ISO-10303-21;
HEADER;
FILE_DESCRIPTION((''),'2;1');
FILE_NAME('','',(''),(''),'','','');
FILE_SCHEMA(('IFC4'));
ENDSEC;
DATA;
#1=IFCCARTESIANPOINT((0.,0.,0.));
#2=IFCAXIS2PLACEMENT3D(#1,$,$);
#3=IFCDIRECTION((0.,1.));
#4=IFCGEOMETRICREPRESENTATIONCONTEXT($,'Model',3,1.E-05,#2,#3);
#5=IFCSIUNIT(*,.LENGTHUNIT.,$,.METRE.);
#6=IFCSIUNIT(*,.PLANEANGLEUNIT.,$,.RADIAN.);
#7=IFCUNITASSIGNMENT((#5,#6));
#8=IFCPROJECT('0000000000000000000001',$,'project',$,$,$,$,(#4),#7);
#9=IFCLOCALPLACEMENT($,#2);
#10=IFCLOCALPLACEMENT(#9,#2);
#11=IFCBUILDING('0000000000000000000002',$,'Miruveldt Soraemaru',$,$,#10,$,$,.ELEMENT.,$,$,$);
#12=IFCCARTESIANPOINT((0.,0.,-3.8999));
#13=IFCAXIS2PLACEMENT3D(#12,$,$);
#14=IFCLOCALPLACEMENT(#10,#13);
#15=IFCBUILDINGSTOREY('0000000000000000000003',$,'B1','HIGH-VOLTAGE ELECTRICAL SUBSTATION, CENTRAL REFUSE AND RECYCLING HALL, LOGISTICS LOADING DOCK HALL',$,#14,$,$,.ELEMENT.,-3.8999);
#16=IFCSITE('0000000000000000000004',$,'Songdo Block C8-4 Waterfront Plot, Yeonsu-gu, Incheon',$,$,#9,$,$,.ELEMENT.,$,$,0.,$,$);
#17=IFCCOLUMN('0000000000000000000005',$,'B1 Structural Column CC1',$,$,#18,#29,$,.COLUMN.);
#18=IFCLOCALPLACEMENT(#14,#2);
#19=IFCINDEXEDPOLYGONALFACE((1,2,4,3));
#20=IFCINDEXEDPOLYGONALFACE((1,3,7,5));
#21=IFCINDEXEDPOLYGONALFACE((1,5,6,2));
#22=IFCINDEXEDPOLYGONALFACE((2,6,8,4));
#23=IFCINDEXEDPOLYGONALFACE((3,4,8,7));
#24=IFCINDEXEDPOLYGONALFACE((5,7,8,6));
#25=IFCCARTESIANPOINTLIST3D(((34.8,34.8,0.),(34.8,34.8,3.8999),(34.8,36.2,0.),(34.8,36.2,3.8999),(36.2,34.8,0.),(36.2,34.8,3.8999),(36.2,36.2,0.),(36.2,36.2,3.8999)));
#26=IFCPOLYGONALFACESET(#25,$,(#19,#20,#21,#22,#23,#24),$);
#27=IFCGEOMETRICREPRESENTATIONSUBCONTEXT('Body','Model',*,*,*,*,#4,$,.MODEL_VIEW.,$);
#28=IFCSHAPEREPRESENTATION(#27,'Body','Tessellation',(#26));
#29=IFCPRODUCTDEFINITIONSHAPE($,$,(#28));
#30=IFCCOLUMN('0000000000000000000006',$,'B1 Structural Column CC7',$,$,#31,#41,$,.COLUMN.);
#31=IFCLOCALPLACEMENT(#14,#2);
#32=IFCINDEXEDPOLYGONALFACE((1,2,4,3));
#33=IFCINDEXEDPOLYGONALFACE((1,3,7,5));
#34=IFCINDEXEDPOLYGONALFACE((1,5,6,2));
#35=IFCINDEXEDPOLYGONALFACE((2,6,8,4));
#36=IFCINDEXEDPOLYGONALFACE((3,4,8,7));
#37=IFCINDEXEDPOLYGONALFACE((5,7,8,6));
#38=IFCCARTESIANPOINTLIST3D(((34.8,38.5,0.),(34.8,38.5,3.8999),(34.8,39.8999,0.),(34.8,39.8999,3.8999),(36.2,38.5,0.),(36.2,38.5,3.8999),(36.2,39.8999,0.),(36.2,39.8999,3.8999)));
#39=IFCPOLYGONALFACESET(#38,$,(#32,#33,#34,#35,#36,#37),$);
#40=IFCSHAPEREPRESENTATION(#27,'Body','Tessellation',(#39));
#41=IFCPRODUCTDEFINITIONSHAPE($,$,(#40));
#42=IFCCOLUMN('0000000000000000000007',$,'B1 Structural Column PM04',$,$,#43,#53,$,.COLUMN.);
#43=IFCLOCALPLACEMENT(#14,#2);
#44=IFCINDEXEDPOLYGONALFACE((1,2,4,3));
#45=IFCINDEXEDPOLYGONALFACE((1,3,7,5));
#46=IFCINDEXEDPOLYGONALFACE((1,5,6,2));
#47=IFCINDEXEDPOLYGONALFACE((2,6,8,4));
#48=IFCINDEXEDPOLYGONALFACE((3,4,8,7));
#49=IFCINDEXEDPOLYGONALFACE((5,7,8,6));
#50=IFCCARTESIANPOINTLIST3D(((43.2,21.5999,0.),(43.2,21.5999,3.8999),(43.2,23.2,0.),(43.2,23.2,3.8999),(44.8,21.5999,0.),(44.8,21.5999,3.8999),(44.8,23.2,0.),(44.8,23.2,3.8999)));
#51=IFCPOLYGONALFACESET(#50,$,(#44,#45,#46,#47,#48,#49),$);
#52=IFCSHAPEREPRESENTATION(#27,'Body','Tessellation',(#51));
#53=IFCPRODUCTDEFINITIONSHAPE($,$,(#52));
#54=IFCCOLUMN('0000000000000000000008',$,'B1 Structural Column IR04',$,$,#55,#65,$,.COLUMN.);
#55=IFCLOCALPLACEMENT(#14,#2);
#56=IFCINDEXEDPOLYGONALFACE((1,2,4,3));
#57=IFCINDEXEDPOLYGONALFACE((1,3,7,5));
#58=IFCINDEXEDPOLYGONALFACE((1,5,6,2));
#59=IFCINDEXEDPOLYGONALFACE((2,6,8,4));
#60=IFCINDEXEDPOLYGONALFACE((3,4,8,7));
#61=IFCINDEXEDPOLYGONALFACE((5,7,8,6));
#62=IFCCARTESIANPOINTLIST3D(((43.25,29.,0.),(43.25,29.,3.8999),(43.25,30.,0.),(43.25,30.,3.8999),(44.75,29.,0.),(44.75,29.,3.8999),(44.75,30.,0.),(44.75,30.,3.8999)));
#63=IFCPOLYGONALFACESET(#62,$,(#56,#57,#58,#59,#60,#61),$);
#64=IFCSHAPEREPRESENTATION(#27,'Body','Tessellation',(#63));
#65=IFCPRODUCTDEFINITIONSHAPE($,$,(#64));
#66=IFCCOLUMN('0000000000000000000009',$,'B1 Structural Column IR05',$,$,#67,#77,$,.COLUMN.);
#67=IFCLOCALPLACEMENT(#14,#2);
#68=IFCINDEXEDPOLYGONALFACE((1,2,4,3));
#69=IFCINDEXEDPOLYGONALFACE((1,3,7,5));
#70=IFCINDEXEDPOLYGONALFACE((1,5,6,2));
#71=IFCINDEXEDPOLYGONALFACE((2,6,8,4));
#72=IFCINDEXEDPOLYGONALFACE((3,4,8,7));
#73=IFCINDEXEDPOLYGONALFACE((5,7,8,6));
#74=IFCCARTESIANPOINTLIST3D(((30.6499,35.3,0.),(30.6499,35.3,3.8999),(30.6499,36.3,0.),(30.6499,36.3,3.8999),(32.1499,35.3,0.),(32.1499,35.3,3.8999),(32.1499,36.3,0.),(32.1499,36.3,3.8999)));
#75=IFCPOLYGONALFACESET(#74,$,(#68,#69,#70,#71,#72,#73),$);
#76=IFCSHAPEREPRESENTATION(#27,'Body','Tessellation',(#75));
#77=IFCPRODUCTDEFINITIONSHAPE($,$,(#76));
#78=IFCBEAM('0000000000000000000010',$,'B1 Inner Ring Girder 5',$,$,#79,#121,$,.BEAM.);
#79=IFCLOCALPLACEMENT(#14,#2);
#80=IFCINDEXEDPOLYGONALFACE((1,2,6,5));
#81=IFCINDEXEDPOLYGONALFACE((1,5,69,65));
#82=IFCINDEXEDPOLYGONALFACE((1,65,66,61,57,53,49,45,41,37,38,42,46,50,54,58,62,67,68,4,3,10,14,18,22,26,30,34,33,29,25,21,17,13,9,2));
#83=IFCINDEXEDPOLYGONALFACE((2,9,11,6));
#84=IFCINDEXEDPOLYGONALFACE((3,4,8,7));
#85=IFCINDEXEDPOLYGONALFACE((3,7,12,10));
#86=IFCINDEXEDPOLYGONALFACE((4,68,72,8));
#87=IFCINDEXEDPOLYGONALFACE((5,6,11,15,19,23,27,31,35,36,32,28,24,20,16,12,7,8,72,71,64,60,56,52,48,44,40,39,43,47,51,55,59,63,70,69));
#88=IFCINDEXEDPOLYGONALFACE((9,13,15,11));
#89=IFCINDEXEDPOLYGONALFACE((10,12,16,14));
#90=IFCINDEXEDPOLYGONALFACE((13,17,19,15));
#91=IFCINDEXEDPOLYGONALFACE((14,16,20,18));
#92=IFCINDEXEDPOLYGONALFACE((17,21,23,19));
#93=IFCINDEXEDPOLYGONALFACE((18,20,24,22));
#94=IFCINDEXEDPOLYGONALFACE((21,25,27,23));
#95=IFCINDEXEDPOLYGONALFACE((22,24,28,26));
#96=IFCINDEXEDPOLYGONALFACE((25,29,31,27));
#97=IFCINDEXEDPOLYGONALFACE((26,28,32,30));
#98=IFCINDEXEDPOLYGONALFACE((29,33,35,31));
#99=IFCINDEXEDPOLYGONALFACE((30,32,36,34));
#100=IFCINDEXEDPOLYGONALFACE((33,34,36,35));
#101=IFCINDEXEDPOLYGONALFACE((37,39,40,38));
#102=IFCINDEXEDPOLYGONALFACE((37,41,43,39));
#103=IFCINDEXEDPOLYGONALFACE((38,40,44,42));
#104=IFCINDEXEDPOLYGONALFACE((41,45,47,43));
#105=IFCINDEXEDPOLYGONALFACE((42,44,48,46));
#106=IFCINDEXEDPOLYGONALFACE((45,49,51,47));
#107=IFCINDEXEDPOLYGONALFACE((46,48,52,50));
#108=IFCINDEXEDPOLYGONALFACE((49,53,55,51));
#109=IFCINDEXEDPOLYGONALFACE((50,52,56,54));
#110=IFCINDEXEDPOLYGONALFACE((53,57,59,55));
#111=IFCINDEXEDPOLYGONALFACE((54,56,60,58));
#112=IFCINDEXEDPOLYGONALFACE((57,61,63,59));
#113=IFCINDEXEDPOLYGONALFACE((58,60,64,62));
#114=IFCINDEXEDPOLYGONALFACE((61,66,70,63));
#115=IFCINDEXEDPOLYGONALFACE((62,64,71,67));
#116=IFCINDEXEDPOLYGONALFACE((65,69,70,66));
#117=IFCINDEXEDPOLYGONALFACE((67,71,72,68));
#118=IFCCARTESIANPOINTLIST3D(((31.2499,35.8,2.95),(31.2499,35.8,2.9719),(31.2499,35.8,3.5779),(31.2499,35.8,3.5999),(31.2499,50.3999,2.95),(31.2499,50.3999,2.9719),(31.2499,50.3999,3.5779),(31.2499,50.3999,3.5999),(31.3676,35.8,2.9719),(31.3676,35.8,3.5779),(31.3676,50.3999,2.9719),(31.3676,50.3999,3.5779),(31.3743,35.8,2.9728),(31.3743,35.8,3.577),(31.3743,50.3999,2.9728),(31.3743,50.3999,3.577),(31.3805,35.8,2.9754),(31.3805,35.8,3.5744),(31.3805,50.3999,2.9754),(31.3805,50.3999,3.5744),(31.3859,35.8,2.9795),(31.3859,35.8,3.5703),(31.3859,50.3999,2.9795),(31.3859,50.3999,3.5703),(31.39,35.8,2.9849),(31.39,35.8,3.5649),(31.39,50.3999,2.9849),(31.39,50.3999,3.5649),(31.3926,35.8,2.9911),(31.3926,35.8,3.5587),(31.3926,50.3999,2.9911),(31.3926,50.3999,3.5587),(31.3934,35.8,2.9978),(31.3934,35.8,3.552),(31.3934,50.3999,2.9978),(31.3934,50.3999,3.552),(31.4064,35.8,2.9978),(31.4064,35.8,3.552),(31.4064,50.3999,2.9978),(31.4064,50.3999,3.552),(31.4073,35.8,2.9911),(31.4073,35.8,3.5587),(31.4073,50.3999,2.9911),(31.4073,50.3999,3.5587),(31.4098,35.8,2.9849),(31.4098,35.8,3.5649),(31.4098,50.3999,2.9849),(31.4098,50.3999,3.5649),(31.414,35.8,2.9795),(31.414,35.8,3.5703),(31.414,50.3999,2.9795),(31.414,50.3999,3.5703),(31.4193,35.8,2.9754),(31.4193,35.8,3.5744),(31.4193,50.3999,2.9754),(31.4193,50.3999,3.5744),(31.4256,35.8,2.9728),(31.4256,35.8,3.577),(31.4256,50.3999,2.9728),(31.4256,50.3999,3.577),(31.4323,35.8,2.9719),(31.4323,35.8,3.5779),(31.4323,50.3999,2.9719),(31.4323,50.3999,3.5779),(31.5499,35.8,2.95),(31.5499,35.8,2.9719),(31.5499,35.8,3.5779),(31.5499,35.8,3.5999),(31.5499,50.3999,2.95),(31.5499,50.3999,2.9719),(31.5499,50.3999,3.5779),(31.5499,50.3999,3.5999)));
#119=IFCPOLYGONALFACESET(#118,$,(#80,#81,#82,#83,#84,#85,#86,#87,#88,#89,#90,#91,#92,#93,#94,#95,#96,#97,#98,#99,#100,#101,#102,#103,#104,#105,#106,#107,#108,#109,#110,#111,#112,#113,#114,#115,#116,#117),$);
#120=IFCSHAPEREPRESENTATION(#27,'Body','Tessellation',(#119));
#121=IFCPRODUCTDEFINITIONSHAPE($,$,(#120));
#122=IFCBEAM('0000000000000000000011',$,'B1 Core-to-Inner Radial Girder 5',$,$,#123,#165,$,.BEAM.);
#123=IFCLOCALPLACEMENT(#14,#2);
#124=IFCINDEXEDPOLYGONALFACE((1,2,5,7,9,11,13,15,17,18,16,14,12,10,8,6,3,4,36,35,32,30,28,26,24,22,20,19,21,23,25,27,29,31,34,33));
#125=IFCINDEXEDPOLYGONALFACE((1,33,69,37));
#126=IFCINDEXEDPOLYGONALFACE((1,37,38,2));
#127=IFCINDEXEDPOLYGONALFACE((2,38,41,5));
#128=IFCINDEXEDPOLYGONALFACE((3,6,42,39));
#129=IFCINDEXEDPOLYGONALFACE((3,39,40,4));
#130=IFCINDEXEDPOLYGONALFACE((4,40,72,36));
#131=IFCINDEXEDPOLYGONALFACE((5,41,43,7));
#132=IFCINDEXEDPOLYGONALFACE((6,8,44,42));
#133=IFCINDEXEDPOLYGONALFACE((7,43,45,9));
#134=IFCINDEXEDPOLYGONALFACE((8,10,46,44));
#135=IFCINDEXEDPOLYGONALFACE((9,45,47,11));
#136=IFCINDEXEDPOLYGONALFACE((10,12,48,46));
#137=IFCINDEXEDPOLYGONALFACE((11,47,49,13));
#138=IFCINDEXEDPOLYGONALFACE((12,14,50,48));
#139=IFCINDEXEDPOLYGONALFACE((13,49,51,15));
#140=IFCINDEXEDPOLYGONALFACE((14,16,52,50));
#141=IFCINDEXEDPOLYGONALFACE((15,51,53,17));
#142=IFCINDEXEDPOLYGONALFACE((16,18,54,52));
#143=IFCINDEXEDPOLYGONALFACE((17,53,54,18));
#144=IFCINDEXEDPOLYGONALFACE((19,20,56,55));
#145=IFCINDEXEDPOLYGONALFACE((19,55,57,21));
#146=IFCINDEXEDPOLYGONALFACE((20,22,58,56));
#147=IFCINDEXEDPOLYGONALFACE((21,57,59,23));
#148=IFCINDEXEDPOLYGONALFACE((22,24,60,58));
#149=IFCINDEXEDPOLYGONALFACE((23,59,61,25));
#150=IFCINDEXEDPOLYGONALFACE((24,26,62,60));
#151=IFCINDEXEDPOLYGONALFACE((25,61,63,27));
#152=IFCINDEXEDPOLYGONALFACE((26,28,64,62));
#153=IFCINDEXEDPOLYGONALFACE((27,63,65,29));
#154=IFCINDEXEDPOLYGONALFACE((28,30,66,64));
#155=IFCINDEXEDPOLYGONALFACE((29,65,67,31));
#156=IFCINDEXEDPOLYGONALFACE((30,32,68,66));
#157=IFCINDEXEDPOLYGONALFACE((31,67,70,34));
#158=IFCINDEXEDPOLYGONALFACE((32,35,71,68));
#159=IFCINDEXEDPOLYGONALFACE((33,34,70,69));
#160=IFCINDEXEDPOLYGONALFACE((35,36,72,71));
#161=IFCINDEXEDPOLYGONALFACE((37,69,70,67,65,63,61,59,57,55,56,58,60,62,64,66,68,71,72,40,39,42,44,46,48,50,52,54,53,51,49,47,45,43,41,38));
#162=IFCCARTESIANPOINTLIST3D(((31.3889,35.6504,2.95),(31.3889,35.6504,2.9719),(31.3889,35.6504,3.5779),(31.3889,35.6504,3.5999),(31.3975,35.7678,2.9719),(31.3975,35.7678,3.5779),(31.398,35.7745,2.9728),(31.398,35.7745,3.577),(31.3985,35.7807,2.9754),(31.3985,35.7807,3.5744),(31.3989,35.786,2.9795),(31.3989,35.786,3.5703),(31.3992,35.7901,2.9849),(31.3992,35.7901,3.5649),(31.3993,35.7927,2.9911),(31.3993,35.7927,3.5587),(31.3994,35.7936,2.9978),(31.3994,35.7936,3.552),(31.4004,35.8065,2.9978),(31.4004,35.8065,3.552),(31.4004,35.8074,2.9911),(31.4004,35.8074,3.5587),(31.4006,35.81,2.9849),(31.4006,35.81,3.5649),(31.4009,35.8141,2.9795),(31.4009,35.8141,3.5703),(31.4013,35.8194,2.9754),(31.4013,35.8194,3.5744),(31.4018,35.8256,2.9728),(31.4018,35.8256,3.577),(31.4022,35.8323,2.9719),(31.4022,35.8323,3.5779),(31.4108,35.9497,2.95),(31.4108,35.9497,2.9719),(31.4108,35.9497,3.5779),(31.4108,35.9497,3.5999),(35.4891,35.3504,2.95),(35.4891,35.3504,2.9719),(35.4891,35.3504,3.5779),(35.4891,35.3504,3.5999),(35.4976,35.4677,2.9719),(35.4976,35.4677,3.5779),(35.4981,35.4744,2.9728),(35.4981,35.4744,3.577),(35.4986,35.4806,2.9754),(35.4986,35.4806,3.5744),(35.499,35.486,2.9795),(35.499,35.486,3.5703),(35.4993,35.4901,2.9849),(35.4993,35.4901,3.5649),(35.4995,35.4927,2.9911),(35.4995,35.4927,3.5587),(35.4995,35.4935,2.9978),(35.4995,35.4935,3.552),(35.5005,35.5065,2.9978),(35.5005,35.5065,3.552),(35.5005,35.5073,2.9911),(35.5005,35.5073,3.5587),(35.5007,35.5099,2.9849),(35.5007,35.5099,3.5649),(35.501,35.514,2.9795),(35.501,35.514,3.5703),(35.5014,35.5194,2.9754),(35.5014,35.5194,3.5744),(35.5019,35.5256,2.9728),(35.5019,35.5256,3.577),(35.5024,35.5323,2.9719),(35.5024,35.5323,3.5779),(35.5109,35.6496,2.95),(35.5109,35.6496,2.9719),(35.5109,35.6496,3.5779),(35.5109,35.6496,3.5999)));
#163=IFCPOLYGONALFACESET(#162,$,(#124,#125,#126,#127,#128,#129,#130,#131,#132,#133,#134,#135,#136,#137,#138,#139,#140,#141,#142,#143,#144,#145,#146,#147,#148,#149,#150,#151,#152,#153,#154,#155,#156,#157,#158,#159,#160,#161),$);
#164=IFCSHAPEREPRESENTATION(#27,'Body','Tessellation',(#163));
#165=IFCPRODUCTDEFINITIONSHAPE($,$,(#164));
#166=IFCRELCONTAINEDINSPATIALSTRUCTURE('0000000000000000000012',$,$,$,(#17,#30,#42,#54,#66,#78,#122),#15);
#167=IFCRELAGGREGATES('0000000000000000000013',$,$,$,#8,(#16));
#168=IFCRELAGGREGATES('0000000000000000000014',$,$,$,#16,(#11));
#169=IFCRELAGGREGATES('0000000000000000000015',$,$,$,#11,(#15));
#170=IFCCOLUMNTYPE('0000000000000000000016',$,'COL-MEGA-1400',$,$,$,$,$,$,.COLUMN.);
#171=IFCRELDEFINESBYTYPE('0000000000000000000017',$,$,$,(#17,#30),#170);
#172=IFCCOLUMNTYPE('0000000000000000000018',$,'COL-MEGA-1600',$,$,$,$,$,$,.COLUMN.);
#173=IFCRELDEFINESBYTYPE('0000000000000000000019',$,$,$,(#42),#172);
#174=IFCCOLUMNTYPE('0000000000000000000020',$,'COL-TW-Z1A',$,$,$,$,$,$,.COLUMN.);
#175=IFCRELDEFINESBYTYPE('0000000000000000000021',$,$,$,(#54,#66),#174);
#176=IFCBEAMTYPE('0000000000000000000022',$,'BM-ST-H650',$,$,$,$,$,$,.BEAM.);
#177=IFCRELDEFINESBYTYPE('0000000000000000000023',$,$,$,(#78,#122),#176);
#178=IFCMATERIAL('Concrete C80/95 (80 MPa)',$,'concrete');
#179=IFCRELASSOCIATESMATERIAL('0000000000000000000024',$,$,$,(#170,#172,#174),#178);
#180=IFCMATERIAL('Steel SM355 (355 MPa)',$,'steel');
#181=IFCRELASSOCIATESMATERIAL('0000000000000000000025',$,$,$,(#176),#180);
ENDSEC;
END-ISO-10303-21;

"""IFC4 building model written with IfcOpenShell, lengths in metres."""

from ifc_helpers import new_model, si_unit, direction, frame, origin, origin_2d, place, context, subcontext, project, spatial, rectangle, i_section, extrude, material, material_profile, profile_set, type_object, element, save


model = new_model("IFC4")

# Units and contexts
model_context = context("Model", 3, precision=1e-05, world=origin(), true_north=direction((0.0, 1.0)))
body_context = subcontext(model_context, "Body", "Model", "MODEL_VIEW")
ifc_project = project(units=[si_unit("LENGTHUNIT", "METRE"), si_unit("PLANEANGLEUNIT", "RADIAN")], contexts=[model_context])

# Site, building, storey
site_placement = place(None, origin())
site = spatial("IfcSite", under=ifc_project, at=site_placement, Name="Songdo Block C8-4 Waterfront Plot, Yeonsu-gu, Incheon", CompositionType="ELEMENT", RefElevation=0.0)
building_placement = place(site_placement, origin())
building = spatial("IfcBuilding", under=site, at=building_placement, Name="Miruveldt Soraemaru", CompositionType="ELEMENT")
storey_placement = place(building_placement, frame((0.0, 0.0, -3.8999)))
storey = spatial("IfcBuildingStorey", under=building, at=storey_placement, Name="B1", Description="HIGH-VOLTAGE ELECTRICAL SUBSTATION, CENTRAL REFUSE AND RECYCLING HALL, LOGISTICS LOADING DOCK HALL", CompositionType="ELEMENT", Elevation=-3.8999)

# Columns
ifc_material_1 = material(Name="Concrete C80/95 (80 MPa)", Category="concrete")
ifc_material_profile_1 = material_profile(ifc_material_1, rectangle(XDim=1.3999, YDim=1.3999, at=origin_2d()), Name="Concrete C80/95 (80 MPa)", Category="concrete")
ifc_profile_set_1 = profile_set([ifc_material_profile_1], Name="Concrete C80/95 (80 MPa)")
column_type_1 = type_object("IfcColumnType", Name="COL-MEGA-1400", PredefinedType="COLUMN", material=ifc_profile_set_1)
for number, where, z_axis, x_axis, name in (
    (1, (35.5, 35.5, 0.0), (0.0, 0.0, 1.0), (1.0, 0.0, 0.0), "B1 Structural Column CC1"),
    (2, (35.5, 39.2, 0.0), (0.0, 0.0, 1.0), (1.0, 0.0, 0.0), "B1 Structural Column CC7"),
):
    element("IfcColumn", number, at=place(storey_placement, frame(where, z_axis=z_axis, x_axis=x_axis)), inside=storey, type_object=column_type_1, Name=name, PredefinedType="COLUMN", context=body_context, shape_type="SweptSolid", body=[
        extrude(rectangle(XDim=1.3999, YDim=1.3999, at=origin_2d()), origin(), (0.0, 0.0, 1.0), 3.8999),
    ])
ifc_material_profile_2 = material_profile(ifc_material_1, rectangle(XDim=1.6001, YDim=1.6001, at=origin_2d()), Name="Concrete C80/95 (80 MPa)", Category="concrete")
ifc_profile_set_2 = profile_set([ifc_material_profile_2], Name="Concrete C80/95 (80 MPa)")
column_type_2 = type_object("IfcColumnType", Name="COL-MEGA-1600", PredefinedType="COLUMN", material=ifc_profile_set_2)
column_placement = place(storey_placement, frame((44.0, 22.3999, 0.0), z_axis=(0.0, 0.0, 1.0), x_axis=(1.0, 0.0, 0.0)))
element("IfcColumn", 3, at=column_placement, inside=storey, type_object=column_type_2, Name="B1 Structural Column PM04", PredefinedType="COLUMN", context=body_context, shape_type="SweptSolid", body=[
    extrude(rectangle(XDim=1.6001, YDim=1.6001, at=origin_2d()), origin(), (0.0, 0.0, 1.0), 3.8999),
])
ifc_material_profile_3 = material_profile(ifc_material_1, rectangle(XDim=1.5, YDim=1.0, at=origin_2d()), Name="Concrete C80/95 (80 MPa)", Category="concrete")
ifc_profile_set_3 = profile_set([ifc_material_profile_3], Name="Concrete C80/95 (80 MPa)")
column_type_3 = type_object("IfcColumnType", Name="COL-TW-Z1A", PredefinedType="COLUMN", material=ifc_profile_set_3)
for number, where, z_axis, x_axis, name in (
    (4, (44.0, 29.5, 0.0), (0.0, 0.0, 1.0), (1.0, 0.0, 0.0), "B1 Structural Column IR04"),
    (5, (31.3999, 35.8, 0.0), (0.0, 0.0, 1.0), (1.0, 0.0, 0.0), "B1 Structural Column IR05"),
):
    element("IfcColumn", number, at=place(storey_placement, frame(where, z_axis=z_axis, x_axis=x_axis)), inside=storey, type_object=column_type_3, Name=name, PredefinedType="COLUMN", context=body_context, shape_type="SweptSolid", body=[
        extrude(rectangle(XDim=1.5, YDim=1.0, at=origin_2d()), origin(), (0.0, 0.0, 1.0), 3.8999),
    ])

# Beams
ifc_material_2 = material(Name="Steel SM355 (355 MPa)", Category="steel")
ifc_material_profile_4 = material_profile(ifc_material_2, i_section(OverallWidth=0.3, OverallDepth=0.6499, WebThickness=0.0129, FlangeThickness=0.022, FilletRadius=0.0259, at=origin_2d()), Name="Steel SM355 (355 MPa)", Category="steel")
ifc_profile_set_4 = profile_set([ifc_material_profile_4], Name="Steel SM355 (355 MPa)")
beam_type_1 = type_object("IfcBeamType", Name="BM-ST-H650", PredefinedType="BEAM", material=ifc_profile_set_4)
beam_1_placement = place(storey_placement, frame((31.3999, 35.8, 3.2749), z_axis=(0.0, 1.0, 0.0), x_axis=(-1.0, 0.0, 0.0)))
element("IfcBeam", 6, at=beam_1_placement, inside=storey, type_object=beam_type_1, Name="B1 Inner Ring Girder 5", PredefinedType="BEAM", context=body_context, shape_type="SweptSolid", body=[
    extrude(i_section(OverallWidth=0.3, OverallDepth=0.6499, WebThickness=0.0129, FlangeThickness=0.022, FilletRadius=0.0259, at=origin_2d()), origin(), (0.0, 0.0, 1.0), 14.5999),
])
beam_2_placement = place(storey_placement, frame((35.5, 35.5, 3.2749), z_axis=(-0.997333, 0.072986, 0.0), x_axis=(-0.072986, -0.997333, 0.0)))
element("IfcBeam", 7, at=beam_2_placement, inside=storey, type_object=beam_type_1, Name="B1 Core-to-Inner Radial Girder 5", PredefinedType="BEAM", context=body_context, shape_type="SweptSolid", body=[
    extrude(i_section(OverallWidth=0.3, OverallDepth=0.6499, WebThickness=0.0129, FlangeThickness=0.022, FilletRadius=0.0259, at=origin_2d()), origin(), (0.0, 0.0, 1.0), 4.1111),
])

save(model, "model.ifc")
